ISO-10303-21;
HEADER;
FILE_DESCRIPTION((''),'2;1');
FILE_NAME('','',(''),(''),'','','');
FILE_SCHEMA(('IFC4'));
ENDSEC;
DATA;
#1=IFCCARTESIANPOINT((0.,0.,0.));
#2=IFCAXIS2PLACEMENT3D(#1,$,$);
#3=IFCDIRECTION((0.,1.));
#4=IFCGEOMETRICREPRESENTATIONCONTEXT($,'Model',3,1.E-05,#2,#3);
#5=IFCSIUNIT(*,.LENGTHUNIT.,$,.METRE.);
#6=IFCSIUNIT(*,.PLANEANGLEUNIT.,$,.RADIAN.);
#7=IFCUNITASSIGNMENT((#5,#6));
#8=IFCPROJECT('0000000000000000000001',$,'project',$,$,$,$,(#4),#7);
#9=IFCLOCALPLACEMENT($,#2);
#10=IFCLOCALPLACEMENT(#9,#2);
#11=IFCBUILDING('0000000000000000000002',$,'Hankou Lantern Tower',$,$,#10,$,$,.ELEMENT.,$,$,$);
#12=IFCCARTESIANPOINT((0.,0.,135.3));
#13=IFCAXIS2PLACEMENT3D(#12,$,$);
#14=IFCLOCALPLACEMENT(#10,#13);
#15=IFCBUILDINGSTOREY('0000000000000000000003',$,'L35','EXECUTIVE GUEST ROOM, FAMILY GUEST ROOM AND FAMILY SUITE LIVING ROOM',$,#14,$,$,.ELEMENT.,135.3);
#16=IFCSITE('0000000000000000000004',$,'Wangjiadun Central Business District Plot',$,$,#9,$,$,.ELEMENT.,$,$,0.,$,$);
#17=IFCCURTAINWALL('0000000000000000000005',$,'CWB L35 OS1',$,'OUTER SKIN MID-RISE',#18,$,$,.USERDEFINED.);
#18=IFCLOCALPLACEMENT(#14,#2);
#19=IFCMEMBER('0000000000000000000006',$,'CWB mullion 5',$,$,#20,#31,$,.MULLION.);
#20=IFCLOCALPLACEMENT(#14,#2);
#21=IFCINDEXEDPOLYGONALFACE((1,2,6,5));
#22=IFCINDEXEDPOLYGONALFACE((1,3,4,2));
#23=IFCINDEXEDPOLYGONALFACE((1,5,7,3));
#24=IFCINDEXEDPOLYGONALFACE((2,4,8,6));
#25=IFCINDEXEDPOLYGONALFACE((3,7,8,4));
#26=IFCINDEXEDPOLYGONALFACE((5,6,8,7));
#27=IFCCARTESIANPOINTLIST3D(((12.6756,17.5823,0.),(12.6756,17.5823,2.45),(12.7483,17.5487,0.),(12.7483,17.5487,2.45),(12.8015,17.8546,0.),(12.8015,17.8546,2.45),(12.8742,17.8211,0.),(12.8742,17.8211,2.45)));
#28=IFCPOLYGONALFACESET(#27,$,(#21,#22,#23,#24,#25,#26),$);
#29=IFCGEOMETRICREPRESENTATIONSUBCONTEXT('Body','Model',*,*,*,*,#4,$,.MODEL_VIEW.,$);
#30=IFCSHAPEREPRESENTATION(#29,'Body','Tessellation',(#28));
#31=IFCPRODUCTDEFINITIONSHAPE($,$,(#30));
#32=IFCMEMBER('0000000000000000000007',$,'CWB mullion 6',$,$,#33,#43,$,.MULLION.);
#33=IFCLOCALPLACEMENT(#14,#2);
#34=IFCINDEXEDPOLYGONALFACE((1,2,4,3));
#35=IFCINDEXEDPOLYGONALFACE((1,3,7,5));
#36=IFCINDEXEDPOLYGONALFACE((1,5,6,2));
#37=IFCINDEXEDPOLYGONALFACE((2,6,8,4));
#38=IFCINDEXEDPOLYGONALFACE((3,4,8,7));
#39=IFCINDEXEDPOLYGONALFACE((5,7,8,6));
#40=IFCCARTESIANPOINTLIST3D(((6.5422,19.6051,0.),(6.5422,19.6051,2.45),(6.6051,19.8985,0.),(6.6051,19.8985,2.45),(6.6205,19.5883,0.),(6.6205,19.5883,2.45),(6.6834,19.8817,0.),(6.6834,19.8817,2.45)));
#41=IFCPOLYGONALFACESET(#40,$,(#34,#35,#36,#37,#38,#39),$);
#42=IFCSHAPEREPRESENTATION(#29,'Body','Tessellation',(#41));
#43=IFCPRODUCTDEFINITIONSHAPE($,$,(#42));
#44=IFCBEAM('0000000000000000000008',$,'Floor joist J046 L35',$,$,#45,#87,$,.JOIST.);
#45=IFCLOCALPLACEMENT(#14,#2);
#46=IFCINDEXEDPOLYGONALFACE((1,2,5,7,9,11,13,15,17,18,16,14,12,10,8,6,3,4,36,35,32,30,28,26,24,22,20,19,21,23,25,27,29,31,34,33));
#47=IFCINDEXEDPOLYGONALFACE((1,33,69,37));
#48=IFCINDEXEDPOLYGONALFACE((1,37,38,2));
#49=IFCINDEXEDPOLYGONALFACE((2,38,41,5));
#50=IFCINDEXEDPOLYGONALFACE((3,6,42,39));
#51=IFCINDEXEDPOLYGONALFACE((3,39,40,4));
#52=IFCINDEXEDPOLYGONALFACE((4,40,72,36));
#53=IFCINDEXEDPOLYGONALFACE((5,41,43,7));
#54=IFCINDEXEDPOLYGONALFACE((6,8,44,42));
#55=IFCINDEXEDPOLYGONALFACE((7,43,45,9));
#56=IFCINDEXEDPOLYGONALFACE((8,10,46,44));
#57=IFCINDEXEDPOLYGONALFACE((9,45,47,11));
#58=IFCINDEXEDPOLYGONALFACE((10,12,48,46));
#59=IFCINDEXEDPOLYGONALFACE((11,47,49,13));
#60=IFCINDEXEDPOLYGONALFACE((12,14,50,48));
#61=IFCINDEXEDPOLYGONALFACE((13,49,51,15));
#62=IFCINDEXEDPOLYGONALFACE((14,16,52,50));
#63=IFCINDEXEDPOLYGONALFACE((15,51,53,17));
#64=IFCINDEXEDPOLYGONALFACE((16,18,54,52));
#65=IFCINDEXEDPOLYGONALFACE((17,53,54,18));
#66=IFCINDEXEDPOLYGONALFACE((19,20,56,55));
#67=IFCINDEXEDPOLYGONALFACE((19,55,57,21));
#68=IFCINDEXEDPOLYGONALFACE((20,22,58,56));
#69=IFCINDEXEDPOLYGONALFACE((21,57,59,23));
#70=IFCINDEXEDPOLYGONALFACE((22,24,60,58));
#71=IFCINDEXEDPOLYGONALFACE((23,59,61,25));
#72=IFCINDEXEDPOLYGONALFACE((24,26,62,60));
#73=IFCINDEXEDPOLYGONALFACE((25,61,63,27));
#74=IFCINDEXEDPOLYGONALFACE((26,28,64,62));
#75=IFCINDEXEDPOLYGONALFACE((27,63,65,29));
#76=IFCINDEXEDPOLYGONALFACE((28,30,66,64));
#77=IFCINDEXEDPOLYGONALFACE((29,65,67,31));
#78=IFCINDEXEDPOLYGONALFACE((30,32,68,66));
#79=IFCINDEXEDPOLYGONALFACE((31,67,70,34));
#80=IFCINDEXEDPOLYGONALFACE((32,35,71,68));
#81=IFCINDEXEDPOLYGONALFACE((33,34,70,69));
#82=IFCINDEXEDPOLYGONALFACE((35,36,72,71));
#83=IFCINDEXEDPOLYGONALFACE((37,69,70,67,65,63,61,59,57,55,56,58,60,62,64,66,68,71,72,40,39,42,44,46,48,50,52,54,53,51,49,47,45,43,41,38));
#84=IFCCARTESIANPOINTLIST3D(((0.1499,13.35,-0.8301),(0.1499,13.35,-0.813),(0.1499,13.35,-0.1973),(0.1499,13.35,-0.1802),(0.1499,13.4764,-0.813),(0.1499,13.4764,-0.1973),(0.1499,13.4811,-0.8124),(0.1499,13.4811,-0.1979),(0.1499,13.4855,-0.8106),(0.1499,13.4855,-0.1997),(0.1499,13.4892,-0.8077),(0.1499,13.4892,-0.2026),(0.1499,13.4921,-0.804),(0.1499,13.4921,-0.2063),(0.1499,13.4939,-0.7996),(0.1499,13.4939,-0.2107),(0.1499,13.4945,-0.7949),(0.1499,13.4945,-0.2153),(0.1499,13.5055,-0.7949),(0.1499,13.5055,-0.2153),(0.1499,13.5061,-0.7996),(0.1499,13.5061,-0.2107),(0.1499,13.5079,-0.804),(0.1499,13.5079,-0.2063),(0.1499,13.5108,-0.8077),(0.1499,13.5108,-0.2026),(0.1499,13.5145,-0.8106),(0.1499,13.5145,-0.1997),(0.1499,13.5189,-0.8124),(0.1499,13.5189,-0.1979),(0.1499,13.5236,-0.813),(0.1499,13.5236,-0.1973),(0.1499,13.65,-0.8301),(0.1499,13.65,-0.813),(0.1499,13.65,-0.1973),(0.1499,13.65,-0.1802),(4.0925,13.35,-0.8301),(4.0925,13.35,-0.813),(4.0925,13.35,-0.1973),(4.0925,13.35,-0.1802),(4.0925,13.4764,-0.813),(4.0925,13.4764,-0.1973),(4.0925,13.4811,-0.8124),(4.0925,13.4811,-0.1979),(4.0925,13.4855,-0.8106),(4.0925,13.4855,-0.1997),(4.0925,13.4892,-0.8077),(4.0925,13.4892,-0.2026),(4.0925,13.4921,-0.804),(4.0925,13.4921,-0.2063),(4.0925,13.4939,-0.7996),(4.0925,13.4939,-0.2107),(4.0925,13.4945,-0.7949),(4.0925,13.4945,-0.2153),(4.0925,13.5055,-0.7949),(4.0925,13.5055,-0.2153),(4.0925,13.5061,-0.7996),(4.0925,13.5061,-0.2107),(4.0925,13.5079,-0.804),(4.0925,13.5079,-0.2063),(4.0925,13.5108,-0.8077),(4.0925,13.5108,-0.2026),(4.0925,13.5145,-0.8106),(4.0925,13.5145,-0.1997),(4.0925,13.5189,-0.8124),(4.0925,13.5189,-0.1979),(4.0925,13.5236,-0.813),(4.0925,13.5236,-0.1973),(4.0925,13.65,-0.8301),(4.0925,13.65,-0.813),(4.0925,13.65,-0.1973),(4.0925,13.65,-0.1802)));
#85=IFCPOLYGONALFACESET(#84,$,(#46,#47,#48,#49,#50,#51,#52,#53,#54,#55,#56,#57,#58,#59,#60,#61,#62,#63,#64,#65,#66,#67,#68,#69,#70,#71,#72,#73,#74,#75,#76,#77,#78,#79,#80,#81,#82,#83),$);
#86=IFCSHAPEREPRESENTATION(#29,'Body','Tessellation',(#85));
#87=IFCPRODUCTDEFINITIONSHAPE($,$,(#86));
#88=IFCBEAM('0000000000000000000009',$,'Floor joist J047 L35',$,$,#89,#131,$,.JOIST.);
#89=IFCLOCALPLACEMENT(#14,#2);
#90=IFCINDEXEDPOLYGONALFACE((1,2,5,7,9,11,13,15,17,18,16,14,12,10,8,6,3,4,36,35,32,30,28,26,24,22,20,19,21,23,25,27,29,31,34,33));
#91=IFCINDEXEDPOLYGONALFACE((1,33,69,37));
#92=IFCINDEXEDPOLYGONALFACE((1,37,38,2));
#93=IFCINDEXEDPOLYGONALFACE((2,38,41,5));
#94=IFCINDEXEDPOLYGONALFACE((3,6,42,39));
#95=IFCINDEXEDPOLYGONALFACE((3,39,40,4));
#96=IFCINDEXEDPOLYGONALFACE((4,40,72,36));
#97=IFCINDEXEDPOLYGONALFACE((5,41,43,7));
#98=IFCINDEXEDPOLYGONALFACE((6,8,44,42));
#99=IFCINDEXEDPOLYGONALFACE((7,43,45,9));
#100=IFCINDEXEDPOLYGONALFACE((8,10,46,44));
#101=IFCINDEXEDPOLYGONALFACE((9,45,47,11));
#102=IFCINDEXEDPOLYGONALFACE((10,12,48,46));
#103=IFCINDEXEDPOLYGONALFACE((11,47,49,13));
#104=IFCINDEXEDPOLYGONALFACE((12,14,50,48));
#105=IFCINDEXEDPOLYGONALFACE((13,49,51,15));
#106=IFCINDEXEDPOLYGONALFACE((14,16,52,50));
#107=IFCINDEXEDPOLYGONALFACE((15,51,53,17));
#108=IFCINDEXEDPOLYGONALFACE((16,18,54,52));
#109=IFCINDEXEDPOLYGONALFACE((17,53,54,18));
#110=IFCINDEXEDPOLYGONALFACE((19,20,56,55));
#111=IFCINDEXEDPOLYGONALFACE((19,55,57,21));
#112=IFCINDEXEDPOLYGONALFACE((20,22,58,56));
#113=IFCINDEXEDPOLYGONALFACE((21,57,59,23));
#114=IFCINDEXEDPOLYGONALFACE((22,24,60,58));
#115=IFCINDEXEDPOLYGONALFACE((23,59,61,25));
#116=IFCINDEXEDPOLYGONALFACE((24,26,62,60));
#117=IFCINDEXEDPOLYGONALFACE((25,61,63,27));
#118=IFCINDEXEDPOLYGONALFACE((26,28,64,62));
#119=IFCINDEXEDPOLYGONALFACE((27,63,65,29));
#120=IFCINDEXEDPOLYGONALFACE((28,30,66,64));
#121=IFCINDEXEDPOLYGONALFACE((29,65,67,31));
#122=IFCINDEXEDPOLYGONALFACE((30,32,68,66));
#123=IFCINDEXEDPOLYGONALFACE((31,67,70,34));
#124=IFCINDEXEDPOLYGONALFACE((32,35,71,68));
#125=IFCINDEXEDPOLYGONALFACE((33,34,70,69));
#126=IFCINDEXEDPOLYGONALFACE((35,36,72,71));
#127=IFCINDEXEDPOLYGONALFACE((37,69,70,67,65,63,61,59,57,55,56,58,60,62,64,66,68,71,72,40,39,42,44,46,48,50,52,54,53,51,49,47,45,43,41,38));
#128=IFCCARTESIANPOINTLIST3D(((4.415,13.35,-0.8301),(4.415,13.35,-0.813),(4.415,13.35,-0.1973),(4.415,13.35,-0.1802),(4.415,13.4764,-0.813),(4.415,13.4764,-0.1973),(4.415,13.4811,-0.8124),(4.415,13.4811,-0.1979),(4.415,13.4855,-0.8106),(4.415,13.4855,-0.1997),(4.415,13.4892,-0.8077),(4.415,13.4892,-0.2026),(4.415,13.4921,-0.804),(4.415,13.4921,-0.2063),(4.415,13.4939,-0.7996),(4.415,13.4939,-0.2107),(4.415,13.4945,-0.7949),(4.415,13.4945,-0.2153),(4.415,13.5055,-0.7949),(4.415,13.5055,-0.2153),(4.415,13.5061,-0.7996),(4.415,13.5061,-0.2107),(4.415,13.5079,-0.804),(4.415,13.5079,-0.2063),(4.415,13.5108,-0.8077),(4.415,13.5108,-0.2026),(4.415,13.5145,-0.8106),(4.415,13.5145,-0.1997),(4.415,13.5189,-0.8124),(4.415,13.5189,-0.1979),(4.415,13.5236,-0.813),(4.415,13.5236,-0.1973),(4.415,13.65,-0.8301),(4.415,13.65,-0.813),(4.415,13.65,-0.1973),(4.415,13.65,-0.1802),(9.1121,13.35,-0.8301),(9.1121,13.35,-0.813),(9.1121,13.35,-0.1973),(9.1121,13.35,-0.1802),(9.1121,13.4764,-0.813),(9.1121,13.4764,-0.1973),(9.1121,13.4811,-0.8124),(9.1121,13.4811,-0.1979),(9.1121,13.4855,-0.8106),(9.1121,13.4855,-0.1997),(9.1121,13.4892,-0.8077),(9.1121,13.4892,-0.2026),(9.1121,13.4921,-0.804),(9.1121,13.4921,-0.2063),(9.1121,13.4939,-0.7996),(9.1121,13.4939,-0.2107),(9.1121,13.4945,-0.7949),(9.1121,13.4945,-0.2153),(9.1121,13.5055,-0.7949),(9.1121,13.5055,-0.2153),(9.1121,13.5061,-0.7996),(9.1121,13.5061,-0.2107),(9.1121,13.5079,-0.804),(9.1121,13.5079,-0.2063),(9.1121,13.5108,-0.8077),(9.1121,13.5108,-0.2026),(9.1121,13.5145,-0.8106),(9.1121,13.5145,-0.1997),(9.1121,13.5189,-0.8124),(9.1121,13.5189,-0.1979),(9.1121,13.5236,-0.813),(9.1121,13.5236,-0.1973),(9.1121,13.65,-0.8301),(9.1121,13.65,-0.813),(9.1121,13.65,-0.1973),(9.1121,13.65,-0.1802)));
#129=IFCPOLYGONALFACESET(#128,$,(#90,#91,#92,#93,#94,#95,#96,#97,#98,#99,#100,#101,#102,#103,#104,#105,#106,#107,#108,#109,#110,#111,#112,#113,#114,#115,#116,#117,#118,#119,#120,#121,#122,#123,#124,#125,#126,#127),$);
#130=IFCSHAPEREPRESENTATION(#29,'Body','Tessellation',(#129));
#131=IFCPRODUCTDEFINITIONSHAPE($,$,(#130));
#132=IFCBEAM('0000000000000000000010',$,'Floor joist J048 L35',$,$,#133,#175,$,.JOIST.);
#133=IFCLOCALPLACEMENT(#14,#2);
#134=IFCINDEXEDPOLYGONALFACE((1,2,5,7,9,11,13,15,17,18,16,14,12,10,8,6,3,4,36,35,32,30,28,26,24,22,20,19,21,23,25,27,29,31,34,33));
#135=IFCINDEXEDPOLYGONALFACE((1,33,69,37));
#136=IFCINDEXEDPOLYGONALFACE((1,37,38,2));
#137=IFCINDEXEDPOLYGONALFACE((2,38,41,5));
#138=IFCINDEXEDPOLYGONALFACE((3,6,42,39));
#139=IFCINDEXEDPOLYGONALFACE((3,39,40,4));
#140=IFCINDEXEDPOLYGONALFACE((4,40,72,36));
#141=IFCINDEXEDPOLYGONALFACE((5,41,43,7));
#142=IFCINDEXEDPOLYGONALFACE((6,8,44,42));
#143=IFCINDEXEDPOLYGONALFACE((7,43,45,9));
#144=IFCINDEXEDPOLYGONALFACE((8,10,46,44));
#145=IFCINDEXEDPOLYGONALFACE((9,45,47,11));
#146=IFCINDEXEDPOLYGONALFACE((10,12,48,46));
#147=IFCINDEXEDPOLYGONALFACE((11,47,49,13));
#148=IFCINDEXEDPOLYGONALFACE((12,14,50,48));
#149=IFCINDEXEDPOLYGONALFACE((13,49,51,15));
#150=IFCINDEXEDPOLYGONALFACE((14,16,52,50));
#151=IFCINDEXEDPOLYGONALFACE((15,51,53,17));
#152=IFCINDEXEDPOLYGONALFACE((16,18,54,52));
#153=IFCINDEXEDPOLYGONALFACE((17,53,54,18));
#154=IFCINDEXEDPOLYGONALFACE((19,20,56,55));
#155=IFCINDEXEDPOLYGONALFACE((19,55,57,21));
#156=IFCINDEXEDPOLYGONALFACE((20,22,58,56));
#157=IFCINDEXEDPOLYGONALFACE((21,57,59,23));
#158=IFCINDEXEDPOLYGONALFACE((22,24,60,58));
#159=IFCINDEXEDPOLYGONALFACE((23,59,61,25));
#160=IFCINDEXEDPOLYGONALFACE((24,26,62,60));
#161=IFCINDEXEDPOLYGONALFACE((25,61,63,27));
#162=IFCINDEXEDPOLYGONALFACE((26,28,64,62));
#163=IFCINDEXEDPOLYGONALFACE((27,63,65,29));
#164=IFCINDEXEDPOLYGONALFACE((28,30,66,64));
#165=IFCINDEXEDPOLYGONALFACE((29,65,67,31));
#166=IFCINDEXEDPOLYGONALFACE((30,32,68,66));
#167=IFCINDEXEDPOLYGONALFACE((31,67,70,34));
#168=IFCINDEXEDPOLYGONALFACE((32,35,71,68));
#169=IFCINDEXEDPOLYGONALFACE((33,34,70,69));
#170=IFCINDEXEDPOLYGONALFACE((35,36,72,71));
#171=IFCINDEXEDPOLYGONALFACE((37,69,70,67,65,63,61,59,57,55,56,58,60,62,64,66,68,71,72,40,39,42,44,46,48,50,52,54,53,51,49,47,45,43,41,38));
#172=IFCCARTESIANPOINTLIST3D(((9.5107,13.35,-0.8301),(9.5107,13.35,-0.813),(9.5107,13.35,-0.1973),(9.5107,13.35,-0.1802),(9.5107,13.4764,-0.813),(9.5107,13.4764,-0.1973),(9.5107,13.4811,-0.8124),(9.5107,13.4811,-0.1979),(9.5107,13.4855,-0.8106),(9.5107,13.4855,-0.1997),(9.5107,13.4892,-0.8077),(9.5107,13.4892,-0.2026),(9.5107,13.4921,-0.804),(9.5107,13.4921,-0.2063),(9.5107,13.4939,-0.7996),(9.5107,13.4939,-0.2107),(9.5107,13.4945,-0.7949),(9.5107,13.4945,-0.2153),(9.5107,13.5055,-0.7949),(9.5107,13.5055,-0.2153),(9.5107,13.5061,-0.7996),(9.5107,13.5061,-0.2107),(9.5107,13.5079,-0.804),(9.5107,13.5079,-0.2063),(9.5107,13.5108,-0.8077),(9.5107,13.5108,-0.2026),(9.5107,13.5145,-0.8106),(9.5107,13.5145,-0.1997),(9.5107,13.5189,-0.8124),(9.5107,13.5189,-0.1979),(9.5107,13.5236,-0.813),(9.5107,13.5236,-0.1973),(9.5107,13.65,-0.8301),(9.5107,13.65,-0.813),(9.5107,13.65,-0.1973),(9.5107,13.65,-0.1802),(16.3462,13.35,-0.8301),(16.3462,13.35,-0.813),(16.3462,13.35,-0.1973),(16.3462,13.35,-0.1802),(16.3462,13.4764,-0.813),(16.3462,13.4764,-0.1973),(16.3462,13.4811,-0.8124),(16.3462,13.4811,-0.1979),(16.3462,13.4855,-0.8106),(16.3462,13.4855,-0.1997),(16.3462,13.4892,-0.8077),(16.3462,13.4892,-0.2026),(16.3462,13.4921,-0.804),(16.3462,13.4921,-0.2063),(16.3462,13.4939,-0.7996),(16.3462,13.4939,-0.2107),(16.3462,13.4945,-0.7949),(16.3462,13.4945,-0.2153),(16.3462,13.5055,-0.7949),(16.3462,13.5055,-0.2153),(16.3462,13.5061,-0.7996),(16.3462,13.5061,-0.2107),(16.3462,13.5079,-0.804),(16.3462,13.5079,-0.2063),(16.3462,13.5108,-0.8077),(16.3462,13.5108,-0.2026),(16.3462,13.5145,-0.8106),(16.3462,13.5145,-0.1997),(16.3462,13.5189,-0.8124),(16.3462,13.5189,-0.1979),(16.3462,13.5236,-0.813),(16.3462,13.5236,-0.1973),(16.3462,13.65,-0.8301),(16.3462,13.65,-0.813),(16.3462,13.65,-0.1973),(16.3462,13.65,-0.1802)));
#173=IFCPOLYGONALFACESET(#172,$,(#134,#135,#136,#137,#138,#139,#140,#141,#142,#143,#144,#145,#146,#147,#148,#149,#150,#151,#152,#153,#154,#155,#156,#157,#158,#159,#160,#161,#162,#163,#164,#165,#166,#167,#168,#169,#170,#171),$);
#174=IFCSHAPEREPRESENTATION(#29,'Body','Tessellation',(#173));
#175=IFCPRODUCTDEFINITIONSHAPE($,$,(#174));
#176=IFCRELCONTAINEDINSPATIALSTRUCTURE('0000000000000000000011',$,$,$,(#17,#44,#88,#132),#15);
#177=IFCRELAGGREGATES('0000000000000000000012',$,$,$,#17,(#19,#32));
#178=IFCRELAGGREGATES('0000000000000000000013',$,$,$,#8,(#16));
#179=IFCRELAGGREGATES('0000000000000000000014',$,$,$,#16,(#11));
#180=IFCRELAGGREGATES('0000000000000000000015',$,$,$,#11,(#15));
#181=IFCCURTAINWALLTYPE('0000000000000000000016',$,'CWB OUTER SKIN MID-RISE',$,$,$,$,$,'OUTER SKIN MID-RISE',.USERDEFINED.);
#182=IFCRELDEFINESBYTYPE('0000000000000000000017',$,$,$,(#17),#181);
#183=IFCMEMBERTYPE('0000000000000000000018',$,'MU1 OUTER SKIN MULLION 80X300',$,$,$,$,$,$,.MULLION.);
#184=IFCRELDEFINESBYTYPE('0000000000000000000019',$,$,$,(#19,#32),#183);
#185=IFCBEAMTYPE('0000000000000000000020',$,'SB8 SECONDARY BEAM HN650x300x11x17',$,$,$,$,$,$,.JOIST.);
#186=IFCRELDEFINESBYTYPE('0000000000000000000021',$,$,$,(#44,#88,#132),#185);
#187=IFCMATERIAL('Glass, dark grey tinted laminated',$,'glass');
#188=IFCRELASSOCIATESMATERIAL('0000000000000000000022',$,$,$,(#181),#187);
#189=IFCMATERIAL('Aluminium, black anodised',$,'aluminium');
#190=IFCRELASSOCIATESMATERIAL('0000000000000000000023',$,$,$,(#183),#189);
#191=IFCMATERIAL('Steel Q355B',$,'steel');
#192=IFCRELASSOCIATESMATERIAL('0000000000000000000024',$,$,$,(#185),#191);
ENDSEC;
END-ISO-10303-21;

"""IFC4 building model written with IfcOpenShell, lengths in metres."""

from ifc_helpers import new_model, si_unit, direction, frame, origin, origin_2d, place, context, subcontext, project, spatial, rectangle, i_section, extrude, material, material_profile, profile_set, type_object, element, aggregate, save


model = new_model("IFC4")

# Units and contexts
model_context = context("Model", 3, precision=1e-05, world=origin(), true_north=direction((0.0, 1.0)))
body_context = subcontext(model_context, "Body", "Model", "MODEL_VIEW")
ifc_project = project(units=[si_unit("LENGTHUNIT", "METRE"), si_unit("PLANEANGLEUNIT", "RADIAN")], contexts=[model_context])

# Site, building, storey
site_placement = place(None, origin())
site = spatial("IfcSite", under=ifc_project, at=site_placement, Name="Wangjiadun Central Business District Plot", CompositionType="ELEMENT", RefElevation=0.0)
building_placement = place(site_placement, origin())
building = spatial("IfcBuilding", under=site, at=building_placement, Name="Hankou Lantern Tower", CompositionType="ELEMENT")
storey_placement = place(building_placement, frame((0.0, 0.0, 135.3)))
storey = spatial("IfcBuildingStorey", under=building, at=storey_placement, Name="L35", Description="EXECUTIVE GUEST ROOM, FAMILY GUEST ROOM AND FAMILY SUITE LIVING ROOM", CompositionType="ELEMENT", Elevation=135.3)

# Curtain wall, members
ifc_material_1 = material(Name="Glass, dark grey tinted laminated", Category="glass")
curtain_wall_type = type_object("IfcCurtainWallType", Name="CWB OUTER SKIN MID-RISE", ElementType="OUTER SKIN MID-RISE", PredefinedType="USERDEFINED", material=ifc_material_1)
curtain_wall_placement = place(storey_placement, origin())
curtain_wall = element("IfcCurtainWall", 1, at=curtain_wall_placement, inside=storey, type_object=curtain_wall_type, Name="CWB L35 OS1", ObjectType="OUTER SKIN MID-RISE", PredefinedType="USERDEFINED")
ifc_material_2 = material(Name="Aluminium, black anodised", Category="aluminium")
ifc_material_profile_1 = material_profile(ifc_material_2, rectangle(XDim=0.0801, YDim=0.3, at=origin_2d()), Name="MU1 80X300")
ifc_profile_set_1 = profile_set([ifc_material_profile_1], Name="Aluminium, black anodised")
member_type_1 = type_object("IfcMemberType", Name="MU1 OUTER SKIN MULLION 80X300", PredefinedType="MULLION", material=ifc_profile_set_1)
member_1_placement = place(storey_placement, frame((12.7749, 17.7017, 0.0), z_axis=(0.0, 0.0, 1.0), x_axis=(-0.907841, 0.419314, 0.0)))
member_1 = element("IfcMember", 2, at=member_1_placement, type_object=member_type_1, Name="CWB mullion 5", PredefinedType="MULLION", context=body_context, shape_type="SweptSolid", body=[
    extrude(rectangle(XDim=0.0801, YDim=0.3, at=origin_2d()), origin(), (0.0, 0.0, 1.0), 2.45),
])
member_2_placement = place(storey_placement, frame((6.6128, 19.7434, 0.0), z_axis=(0.0, 0.0, 1.0), x_axis=(-0.977788, 0.209598, 0.0)))
member_2 = element("IfcMember", 3, at=member_2_placement, type_object=member_type_1, Name="CWB mullion 6", PredefinedType="MULLION", context=body_context, shape_type="SweptSolid", body=[
    extrude(rectangle(XDim=0.0801, YDim=0.3, at=origin_2d()), origin(), (0.0, 0.0, 1.0), 2.45),
])

# Beams
ifc_material_3 = material(Name="Steel Q355B", Category="steel")
ifc_material_profile_2 = material_profile(ifc_material_3, i_section(OverallWidth=0.3, OverallDepth=0.6499, WebThickness=0.011, FlangeThickness=0.0171, FilletRadius=0.0181, at=origin_2d()), Name="HN650x300x11x17")
ifc_profile_set_2 = profile_set([ifc_material_profile_2], Name="Steel Q355B")
beam_type_1 = type_object("IfcBeamType", Name="SB8 SECONDARY BEAM HN650x300x11x17", PredefinedType="JOIST", material=ifc_profile_set_2)
beam_1_placement = place(storey_placement, frame((0.1499, 13.5, -0.5051), z_axis=(1.0, 0.0, 0.0), x_axis=(0.0, 1.0, 0.0)))
element("IfcBeam", 4, at=beam_1_placement, inside=storey, type_object=beam_type_1, Name="Floor joist J046 L35", PredefinedType="JOIST", context=body_context, shape_type="SweptSolid", body=[
    extrude(i_section(OverallWidth=0.3, OverallDepth=0.6499, WebThickness=0.011, FlangeThickness=0.0171, FilletRadius=0.0181, at=origin_2d()), origin(), (0.0, 0.0, 1.0), 3.9426),
])
beam_2_placement = place(storey_placement, frame((4.415, 13.5, -0.5051), z_axis=(1.0, 0.0, 0.0), x_axis=(0.0, 1.0, 0.0)))
element("IfcBeam", 5, at=beam_2_placement, inside=storey, type_object=beam_type_1, Name="Floor joist J047 L35", PredefinedType="JOIST", context=body_context, shape_type="SweptSolid", body=[
    extrude(i_section(OverallWidth=0.3, OverallDepth=0.6499, WebThickness=0.011, FlangeThickness=0.0171, FilletRadius=0.0181, at=origin_2d()), origin(), (0.0, 0.0, 1.0), 4.697),
])
beam_3_placement = place(storey_placement, frame((9.5107, 13.5, -0.5051), z_axis=(1.0, 0.0, 0.0), x_axis=(0.0, 1.0, 0.0)))
element("IfcBeam", 6, at=beam_3_placement, inside=storey, type_object=beam_type_1, Name="Floor joist J048 L35", PredefinedType="JOIST", context=body_context, shape_type="SweptSolid", body=[
    extrude(i_section(OverallWidth=0.3, OverallDepth=0.6499, WebThickness=0.011, FlangeThickness=0.0171, FilletRadius=0.0181, at=origin_2d()), origin(), (0.0, 0.0, 1.0), 6.8354),
])

aggregate(curtain_wall, [member_1, member_2])

save(model, "model.ifc")
